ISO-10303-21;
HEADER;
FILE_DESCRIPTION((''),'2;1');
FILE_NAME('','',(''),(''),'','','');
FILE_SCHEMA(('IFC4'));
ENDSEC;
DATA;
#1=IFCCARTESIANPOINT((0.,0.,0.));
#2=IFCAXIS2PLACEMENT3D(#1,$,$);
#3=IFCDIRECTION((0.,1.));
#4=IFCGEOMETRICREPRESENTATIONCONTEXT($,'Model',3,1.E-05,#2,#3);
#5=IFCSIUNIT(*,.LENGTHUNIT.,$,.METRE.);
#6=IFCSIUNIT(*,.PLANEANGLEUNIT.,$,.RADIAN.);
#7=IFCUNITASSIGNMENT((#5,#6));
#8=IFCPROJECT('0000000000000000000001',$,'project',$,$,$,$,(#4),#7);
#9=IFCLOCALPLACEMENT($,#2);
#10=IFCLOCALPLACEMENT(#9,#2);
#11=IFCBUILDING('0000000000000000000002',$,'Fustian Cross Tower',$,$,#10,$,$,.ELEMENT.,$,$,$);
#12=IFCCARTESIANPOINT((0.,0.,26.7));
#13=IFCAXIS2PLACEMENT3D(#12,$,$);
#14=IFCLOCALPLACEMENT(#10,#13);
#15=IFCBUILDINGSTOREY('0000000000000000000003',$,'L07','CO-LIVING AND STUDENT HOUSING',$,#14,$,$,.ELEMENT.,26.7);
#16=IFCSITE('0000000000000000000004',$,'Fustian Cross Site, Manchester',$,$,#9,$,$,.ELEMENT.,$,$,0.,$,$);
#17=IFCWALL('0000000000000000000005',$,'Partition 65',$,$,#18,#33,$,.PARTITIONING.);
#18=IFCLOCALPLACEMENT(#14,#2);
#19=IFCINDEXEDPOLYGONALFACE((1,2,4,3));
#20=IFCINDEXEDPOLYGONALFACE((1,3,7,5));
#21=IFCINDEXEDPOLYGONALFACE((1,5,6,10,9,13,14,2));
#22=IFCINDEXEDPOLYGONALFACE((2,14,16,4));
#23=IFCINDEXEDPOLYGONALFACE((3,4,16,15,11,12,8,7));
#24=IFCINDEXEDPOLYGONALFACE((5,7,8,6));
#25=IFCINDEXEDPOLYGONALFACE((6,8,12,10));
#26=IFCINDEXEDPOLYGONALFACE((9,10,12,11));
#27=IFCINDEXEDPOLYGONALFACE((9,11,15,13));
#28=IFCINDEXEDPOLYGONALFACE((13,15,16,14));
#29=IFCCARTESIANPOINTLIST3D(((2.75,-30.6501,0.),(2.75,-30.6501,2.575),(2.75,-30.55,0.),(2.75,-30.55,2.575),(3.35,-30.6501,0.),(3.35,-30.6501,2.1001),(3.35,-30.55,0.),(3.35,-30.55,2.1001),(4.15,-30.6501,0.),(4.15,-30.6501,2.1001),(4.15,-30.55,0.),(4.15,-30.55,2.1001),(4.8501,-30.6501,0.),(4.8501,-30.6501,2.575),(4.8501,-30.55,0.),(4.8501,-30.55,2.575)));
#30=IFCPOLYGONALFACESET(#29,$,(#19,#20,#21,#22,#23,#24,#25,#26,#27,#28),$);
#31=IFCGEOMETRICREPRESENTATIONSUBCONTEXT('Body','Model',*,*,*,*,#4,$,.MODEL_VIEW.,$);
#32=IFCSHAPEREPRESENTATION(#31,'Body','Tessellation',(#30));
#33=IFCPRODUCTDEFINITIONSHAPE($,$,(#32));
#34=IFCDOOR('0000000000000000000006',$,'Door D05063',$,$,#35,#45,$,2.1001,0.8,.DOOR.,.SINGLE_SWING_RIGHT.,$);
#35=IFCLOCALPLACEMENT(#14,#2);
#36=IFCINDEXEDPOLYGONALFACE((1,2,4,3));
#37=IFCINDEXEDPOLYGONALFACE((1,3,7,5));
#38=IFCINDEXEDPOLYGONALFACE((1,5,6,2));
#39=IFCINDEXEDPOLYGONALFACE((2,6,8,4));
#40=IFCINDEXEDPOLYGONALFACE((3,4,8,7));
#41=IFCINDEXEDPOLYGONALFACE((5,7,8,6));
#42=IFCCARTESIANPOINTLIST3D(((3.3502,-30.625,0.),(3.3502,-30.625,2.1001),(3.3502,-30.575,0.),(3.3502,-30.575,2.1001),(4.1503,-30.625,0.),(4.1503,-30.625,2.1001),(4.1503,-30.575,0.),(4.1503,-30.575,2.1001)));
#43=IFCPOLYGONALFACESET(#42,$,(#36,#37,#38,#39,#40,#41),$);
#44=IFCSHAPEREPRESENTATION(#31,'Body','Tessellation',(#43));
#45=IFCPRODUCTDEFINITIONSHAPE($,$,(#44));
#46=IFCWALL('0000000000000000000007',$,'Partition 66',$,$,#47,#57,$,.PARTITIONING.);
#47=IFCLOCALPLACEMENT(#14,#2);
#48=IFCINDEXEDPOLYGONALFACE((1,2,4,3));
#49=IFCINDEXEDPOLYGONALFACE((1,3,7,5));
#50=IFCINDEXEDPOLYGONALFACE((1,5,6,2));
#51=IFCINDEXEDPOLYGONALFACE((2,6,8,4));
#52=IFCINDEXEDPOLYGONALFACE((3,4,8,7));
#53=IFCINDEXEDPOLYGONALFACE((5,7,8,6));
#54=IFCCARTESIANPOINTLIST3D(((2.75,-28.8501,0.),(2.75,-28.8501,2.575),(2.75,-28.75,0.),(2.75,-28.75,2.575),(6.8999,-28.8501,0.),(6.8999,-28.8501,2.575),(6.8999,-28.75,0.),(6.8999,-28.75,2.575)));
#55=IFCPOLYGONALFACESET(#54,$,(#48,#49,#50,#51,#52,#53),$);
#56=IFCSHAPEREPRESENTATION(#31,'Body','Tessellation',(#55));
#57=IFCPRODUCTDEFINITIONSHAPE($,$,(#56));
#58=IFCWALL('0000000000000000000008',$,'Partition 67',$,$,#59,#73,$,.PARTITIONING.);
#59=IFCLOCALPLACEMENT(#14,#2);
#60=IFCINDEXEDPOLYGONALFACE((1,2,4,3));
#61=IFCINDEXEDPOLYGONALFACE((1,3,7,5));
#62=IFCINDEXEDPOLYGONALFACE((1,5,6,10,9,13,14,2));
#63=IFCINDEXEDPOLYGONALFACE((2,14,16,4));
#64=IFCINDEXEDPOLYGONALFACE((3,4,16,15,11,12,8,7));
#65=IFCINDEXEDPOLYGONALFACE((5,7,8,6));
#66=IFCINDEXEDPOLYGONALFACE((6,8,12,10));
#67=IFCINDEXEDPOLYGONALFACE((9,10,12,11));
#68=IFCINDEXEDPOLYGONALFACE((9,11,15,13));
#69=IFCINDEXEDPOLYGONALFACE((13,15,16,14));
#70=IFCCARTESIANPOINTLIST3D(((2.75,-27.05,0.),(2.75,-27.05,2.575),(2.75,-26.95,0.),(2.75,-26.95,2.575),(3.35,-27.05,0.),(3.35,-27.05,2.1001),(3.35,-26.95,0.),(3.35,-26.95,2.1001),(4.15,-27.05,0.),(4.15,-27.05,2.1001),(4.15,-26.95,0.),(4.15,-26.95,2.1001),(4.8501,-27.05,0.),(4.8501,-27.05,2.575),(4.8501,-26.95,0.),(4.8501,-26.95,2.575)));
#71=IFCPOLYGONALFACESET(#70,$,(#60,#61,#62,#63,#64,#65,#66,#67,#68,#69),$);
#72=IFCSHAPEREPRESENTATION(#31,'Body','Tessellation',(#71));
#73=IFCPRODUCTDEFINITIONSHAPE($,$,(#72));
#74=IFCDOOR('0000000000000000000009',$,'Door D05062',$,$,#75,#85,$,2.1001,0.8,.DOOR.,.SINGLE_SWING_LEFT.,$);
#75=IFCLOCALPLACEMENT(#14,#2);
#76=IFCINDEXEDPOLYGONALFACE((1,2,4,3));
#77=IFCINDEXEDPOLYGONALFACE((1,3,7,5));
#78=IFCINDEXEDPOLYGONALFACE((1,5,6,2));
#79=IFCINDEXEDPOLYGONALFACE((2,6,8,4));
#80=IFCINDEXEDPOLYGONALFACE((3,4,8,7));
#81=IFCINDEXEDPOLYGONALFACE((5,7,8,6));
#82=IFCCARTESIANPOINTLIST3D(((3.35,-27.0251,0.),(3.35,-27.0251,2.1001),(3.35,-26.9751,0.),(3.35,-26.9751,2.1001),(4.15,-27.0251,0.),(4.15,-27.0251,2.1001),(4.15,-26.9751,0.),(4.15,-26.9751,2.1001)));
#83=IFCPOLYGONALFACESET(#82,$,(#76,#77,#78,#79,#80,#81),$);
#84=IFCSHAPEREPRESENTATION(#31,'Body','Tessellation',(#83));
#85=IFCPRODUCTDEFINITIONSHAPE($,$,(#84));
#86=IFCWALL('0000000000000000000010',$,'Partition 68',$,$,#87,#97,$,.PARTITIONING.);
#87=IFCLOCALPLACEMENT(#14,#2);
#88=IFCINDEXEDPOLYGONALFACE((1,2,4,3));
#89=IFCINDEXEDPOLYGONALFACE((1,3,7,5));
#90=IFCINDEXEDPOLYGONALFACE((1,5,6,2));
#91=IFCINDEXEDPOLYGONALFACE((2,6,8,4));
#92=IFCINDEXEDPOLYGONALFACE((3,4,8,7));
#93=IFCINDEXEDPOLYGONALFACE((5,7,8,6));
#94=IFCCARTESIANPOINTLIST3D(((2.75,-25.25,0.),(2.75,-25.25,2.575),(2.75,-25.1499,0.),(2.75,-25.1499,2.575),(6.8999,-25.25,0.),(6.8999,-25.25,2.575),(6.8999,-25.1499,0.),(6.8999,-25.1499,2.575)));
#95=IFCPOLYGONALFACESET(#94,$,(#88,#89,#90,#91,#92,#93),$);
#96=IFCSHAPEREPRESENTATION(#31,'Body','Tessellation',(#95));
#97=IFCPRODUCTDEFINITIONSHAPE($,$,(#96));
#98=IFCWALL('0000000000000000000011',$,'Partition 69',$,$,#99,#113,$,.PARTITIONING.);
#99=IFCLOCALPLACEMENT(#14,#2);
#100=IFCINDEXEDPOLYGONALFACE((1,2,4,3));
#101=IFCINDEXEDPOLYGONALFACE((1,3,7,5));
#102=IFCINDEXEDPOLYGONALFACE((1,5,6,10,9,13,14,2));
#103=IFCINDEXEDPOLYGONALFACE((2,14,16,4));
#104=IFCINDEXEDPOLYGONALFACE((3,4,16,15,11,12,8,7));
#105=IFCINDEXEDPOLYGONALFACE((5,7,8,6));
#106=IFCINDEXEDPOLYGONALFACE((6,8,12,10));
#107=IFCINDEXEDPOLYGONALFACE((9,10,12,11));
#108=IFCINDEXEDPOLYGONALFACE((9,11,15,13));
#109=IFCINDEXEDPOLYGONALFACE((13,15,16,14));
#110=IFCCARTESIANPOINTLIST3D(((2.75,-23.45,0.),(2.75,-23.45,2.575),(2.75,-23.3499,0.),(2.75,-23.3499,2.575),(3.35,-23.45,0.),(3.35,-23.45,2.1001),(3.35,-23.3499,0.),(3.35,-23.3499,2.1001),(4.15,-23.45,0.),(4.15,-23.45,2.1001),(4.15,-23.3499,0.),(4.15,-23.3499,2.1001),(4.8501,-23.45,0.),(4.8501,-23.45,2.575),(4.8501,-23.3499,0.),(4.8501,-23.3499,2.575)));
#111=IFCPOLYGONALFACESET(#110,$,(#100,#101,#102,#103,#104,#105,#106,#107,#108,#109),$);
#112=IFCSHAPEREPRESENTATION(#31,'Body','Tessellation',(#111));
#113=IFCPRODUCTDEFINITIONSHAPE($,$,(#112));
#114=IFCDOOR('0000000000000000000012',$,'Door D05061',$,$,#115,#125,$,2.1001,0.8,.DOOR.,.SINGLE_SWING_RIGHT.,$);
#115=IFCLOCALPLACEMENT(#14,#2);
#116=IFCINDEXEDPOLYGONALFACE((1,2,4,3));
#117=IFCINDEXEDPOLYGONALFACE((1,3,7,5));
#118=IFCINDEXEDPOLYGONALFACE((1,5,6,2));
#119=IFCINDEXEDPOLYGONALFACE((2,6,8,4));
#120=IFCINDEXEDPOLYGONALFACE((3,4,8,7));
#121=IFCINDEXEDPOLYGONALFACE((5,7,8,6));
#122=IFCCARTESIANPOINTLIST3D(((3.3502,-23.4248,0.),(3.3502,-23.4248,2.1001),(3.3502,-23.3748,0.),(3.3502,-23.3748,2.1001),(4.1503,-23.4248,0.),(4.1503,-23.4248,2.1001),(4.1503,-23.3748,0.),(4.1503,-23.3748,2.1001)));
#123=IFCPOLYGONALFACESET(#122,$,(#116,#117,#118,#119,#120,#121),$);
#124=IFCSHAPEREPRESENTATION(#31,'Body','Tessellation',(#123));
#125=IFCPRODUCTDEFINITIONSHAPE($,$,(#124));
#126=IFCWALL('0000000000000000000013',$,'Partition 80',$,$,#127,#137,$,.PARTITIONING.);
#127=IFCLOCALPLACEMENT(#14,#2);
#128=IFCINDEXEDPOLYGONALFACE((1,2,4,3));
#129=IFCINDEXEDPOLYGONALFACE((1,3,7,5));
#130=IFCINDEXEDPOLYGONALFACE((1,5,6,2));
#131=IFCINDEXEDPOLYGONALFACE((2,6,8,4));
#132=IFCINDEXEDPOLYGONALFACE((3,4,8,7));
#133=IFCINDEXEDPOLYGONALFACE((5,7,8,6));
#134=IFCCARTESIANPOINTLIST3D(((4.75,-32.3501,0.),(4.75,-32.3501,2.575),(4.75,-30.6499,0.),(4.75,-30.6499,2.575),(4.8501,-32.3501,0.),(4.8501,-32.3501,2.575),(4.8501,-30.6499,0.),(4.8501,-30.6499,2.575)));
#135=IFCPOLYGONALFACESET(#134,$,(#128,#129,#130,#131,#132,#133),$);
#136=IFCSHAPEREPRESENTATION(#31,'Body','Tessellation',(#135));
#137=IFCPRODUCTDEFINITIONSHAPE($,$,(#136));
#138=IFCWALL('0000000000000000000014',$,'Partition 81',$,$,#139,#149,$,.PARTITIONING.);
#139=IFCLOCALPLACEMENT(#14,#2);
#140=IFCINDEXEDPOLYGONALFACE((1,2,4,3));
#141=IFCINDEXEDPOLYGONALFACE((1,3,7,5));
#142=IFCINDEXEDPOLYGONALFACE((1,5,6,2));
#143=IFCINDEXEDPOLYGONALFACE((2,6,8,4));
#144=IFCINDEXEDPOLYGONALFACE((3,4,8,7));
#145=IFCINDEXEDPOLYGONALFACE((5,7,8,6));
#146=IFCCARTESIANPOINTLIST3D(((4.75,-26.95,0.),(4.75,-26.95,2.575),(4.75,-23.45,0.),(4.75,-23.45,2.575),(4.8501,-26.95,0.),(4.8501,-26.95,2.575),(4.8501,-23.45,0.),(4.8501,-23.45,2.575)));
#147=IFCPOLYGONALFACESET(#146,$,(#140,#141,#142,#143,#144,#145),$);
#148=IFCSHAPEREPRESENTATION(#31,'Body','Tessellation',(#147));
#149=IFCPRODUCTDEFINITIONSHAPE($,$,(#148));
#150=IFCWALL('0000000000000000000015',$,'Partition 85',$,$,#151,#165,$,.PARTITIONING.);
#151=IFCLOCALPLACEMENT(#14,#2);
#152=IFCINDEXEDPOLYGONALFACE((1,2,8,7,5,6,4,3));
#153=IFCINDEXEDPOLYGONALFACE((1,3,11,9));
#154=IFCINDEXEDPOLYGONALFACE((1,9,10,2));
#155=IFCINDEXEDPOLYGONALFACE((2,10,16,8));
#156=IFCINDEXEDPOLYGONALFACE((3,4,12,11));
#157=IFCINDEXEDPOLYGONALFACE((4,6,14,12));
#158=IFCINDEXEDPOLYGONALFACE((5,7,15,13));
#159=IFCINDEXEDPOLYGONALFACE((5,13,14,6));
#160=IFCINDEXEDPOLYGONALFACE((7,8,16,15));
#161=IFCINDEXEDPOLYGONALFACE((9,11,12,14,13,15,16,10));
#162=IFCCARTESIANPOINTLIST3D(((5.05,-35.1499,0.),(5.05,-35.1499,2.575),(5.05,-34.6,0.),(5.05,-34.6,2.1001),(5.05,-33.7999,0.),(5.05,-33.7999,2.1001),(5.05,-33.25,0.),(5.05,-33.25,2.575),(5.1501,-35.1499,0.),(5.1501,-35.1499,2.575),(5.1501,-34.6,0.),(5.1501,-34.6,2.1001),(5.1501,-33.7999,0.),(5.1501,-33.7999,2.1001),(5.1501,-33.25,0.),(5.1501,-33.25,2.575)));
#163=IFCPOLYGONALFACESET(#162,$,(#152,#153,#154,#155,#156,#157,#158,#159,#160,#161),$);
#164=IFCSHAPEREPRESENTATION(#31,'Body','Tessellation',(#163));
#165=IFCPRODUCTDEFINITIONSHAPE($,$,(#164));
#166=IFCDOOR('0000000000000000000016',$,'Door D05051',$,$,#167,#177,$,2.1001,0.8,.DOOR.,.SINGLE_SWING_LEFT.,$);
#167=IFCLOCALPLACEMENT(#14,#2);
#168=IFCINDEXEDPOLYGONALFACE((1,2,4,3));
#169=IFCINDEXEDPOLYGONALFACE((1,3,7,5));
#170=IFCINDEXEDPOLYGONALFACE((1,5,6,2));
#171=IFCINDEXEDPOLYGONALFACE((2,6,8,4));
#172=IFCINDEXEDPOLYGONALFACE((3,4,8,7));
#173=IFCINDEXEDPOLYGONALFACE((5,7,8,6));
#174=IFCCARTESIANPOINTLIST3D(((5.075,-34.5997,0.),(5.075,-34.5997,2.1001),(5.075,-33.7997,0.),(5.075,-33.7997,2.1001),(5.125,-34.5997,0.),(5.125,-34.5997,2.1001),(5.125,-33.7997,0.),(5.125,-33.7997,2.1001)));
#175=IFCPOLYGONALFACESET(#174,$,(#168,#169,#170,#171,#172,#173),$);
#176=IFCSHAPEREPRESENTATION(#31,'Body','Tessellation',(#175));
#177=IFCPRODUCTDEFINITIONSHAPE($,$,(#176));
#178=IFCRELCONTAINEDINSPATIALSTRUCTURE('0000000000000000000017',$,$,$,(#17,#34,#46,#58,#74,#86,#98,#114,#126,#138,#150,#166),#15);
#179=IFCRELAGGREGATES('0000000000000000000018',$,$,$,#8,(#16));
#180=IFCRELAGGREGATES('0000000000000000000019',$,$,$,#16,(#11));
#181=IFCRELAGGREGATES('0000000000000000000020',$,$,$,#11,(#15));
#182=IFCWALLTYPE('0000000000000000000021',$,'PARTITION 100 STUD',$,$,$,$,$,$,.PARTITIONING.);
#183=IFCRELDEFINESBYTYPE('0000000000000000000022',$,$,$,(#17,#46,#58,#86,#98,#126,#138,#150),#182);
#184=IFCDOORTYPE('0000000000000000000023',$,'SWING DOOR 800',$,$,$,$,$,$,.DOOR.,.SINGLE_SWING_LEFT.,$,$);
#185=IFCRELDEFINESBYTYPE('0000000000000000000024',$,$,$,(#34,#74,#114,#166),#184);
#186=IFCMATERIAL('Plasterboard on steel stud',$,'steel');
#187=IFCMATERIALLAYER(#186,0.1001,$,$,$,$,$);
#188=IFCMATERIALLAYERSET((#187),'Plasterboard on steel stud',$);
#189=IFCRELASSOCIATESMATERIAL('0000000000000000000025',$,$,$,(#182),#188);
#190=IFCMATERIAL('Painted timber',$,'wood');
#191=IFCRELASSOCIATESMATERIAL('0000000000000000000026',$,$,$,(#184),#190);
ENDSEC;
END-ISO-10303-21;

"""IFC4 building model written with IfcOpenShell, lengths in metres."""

from ifc_helpers import new_model, si_unit, direction, frame, frame_2d, origin, place, context, subcontext, project, spatial, rectangle, extrude, material, layer, layer_set, type_object, element, fill, save


model = new_model("IFC4")

# Units and contexts
model_context = context("Model", 3, precision=1e-05, world=origin(), true_north=direction((0.0, 1.0)))
body_context = subcontext(model_context, "Body", "Model", "MODEL_VIEW")
ifc_project = project(units=[si_unit("LENGTHUNIT", "METRE"), si_unit("PLANEANGLEUNIT", "RADIAN")], contexts=[model_context])

# Site, building, storey
site_placement = place(None, origin())
site = spatial("IfcSite", under=ifc_project, at=site_placement, Name="Fustian Cross Site, Manchester", CompositionType="ELEMENT", RefElevation=0.0)
building_placement = place(site_placement, origin())
building = spatial("IfcBuilding", under=site, at=building_placement, Name="Fustian Cross Tower", CompositionType="ELEMENT")
storey_placement = place(building_placement, frame((0.0, 0.0, 26.7)))
storey = spatial("IfcBuildingStorey", under=building, at=storey_placement, Name="L07", Description="CO-LIVING AND STUDENT HOUSING", CompositionType="ELEMENT", Elevation=26.7)

# Shared definitions
ifc_material_1 = material(Name="Plasterboard on steel stud", Category="steel")
ifc_layer = layer(ifc_material_1, 0.1001)
ifc_layer_set = layer_set([ifc_layer], Name="Plasterboard on steel stud")
wall_type = type_object("IfcWallType", Name="PARTITION 100 STUD", PredefinedType="PARTITIONING", material=ifc_layer_set)

# Wall, opening, door
wall_1_placement = place(storey_placement, frame((2.75, -30.6001, 0.0), z_axis=(0.0, 0.0, 1.0), x_axis=(1.0, 0.0, 0.0)))
wall_1 = element("IfcWall", 1, at=wall_1_placement, inside=storey, type_object=wall_type, Name="Partition 65", PredefinedType="PARTITIONING", context=body_context, shape_type="SweptSolid", body=[
    extrude(rectangle(XDim=2.1001, YDim=0.1001, at=frame_2d((1.05, 0.0))), origin(), (0.0, 0.0, 1.0), 2.575),
])
opening_1_placement = place(wall_1_placement, frame((0.6001, 0.0, 0.0)))
opening_1 = element("IfcOpeningElement", 2, at=opening_1_placement, cuts=wall_1, PredefinedType="OPENING", context=body_context, shape_type="SweptSolid", body=[
    extrude(rectangle(XDim=0.8, YDim=2.1001, at=frame_2d((0.3999, 1.05))), frame((0.0, 0.0601, 0.0), z_axis=(0.0, -1.0, 0.0), x_axis=(1.0, 0.0, 0.0)), (0.0, 0.0, 1.0), 0.1201),
])
ifc_material_2 = material(Name="Painted timber", Category="wood")
door_type_1 = type_object("IfcDoorType", Name="SWING DOOR 800", OperationType="SINGLE_SWING_LEFT", PredefinedType="DOOR", material=ifc_material_2)
door_1_placement = place(opening_1_placement, frame((0.8, 0.0, 0.0), z_axis=(0.0, 0.0, 1.0), x_axis=(-1.0, 0.0, 0.0)))
door_1 = element("IfcDoor", 3, at=door_1_placement, inside=storey, type_object=door_type_1, Name="Door D05063", OperationType="SINGLE_SWING_RIGHT", OverallHeight=2.1001, OverallWidth=0.8, PredefinedType="DOOR", context=body_context, shape_type="SweptSolid", body=[
    extrude(rectangle(XDim=0.8, YDim=2.1001, at=frame_2d((0.3999, 1.05))), frame((0.0, 0.0249, 0.0), z_axis=(0.0, -1.0, 0.0), x_axis=(1.0, 0.0, 0.0)), (0.0, 0.0, 1.0), 0.05),
])
fill(opening_1, door_1)

# Wall
wall_2_placement = place(storey_placement, frame((2.75, -28.8, 0.0), z_axis=(0.0, 0.0, 1.0), x_axis=(1.0, 0.0, 0.0)))
element("IfcWall", 4, at=wall_2_placement, inside=storey, type_object=wall_type, Name="Partition 66", PredefinedType="PARTITIONING", context=body_context, shape_type="SweptSolid", body=[
    extrude(rectangle(XDim=4.1499, YDim=0.1001, at=frame_2d((2.075, 0.0))), origin(), (0.0, 0.0, 1.0), 2.575),
])

# Wall, opening, door
wall_3_placement = place(storey_placement, frame((2.75, -27.0, 0.0), z_axis=(0.0, 0.0, 1.0), x_axis=(1.0, 0.0, 0.0)))
wall_3 = element("IfcWall", 5, at=wall_3_placement, inside=storey, type_object=wall_type, Name="Partition 67", PredefinedType="PARTITIONING", context=body_context, shape_type="SweptSolid", body=[
    extrude(rectangle(XDim=2.1001, YDim=0.1001, at=frame_2d((1.05, 0.0))), origin(), (0.0, 0.0, 1.0), 2.575),
])
opening_2_placement = place(wall_3_placement, frame((0.6001, 0.0, 0.0)))
opening_2 = element("IfcOpeningElement", 6, at=opening_2_placement, cuts=wall_3, PredefinedType="OPENING", context=body_context, shape_type="SweptSolid", body=[
    extrude(rectangle(XDim=0.8, YDim=2.1001, at=frame_2d((0.3999, 1.05))), frame((0.0, 0.0601, 0.0), z_axis=(0.0, -1.0, 0.0), x_axis=(1.0, 0.0, 0.0)), (0.0, 0.0, 1.0), 0.1201),
])
door_2_placement = place(opening_2_placement, origin())
door_2 = element("IfcDoor", 7, at=door_2_placement, inside=storey, type_object=door_type_1, Name="Door D05062", OperationType="SINGLE_SWING_LEFT", OverallHeight=2.1001, OverallWidth=0.8, PredefinedType="DOOR", context=body_context, shape_type="SweptSolid", body=[
    extrude(rectangle(XDim=0.8, YDim=2.1001, at=frame_2d((0.3999, 1.05))), frame((0.0, 0.0249, 0.0), z_axis=(0.0, -1.0, 0.0), x_axis=(1.0, 0.0, 0.0)), (0.0, 0.0, 1.0), 0.05),
])
fill(opening_2, door_2)

# Wall
wall_4_placement = place(storey_placement, frame((2.75, -25.2, 0.0), z_axis=(0.0, 0.0, 1.0), x_axis=(1.0, 0.0, 0.0)))
element("IfcWall", 8, at=wall_4_placement, inside=storey, type_object=wall_type, Name="Partition 68", PredefinedType="PARTITIONING", context=body_context, shape_type="SweptSolid", body=[
    extrude(rectangle(XDim=4.1499, YDim=0.1001, at=frame_2d((2.075, 0.0))), origin(), (0.0, 0.0, 1.0), 2.575),
])

# Wall, opening, door
wall_5_placement = place(storey_placement, frame((2.75, -23.3999, 0.0), z_axis=(0.0, 0.0, 1.0), x_axis=(1.0, 0.0, 0.0)))
wall_5 = element("IfcWall", 9, at=wall_5_placement, inside=storey, type_object=wall_type, Name="Partition 69", PredefinedType="PARTITIONING", context=body_context, shape_type="SweptSolid", body=[
    extrude(rectangle(XDim=2.1001, YDim=0.1001, at=frame_2d((1.05, 0.0))), origin(), (0.0, 0.0, 1.0), 2.575),
])
opening_3_placement = place(wall_5_placement, frame((0.6001, 0.0, 0.0)))
opening_3 = element("IfcOpeningElement", 10, at=opening_3_placement, cuts=wall_5, PredefinedType="OPENING", context=body_context, shape_type="SweptSolid", body=[
    extrude(rectangle(XDim=0.8, YDim=2.1001, at=frame_2d((0.3999, 1.05))), frame((0.0, 0.0601, 0.0), z_axis=(0.0, -1.0, 0.0), x_axis=(1.0, 0.0, 0.0)), (0.0, 0.0, 1.0), 0.1201),
])
door_3_placement = place(opening_3_placement, frame((0.8, 0.0, 0.0), z_axis=(0.0, 0.0, 1.0), x_axis=(-1.0, 0.0, 0.0)))
door_3 = element("IfcDoor", 11, at=door_3_placement, inside=storey, type_object=door_type_1, Name="Door D05061", OperationType="SINGLE_SWING_RIGHT", OverallHeight=2.1001, OverallWidth=0.8, PredefinedType="DOOR", context=body_context, shape_type="SweptSolid", body=[
    extrude(rectangle(XDim=0.8, YDim=2.1001, at=frame_2d((0.3999, 1.05))), frame((0.0, 0.0249, 0.0), z_axis=(0.0, -1.0, 0.0), x_axis=(1.0, 0.0, 0.0)), (0.0, 0.0, 1.0), 0.05),
])
fill(opening_3, door_3)

# Walls
wall_6_placement = place(storey_placement, frame((4.8, -32.3501, 0.0), z_axis=(0.0, 0.0, 1.0), x_axis=(0.0, 1.0, 0.0)))
element("IfcWall", 12, at=wall_6_placement, inside=storey, type_object=wall_type, Name="Partition 80", PredefinedType="PARTITIONING", context=body_context, shape_type="SweptSolid", body=[
    extrude(rectangle(XDim=1.7002, YDim=0.1001, at=frame_2d((0.8501, 0.0))), origin(), (0.0, 0.0, 1.0), 2.575),
])
wall_7_placement = place(storey_placement, frame((4.8, -26.95, 0.0), z_axis=(0.0, 0.0, 1.0), x_axis=(0.0, 1.0, 0.0)))
element("IfcWall", 13, at=wall_7_placement, inside=storey, type_object=wall_type, Name="Partition 81", PredefinedType="PARTITIONING", context=body_context, shape_type="SweptSolid", body=[
    extrude(rectangle(XDim=3.5, YDim=0.1001, at=frame_2d((1.75, 0.0))), origin(), (0.0, 0.0, 1.0), 2.575),
])

# Wall, opening, door
wall_8_placement = place(storey_placement, frame((5.1001, -35.1499, 0.0), z_axis=(0.0, 0.0, 1.0), x_axis=(0.0, 1.0, 0.0)))
wall_8 = element("IfcWall", 14, at=wall_8_placement, inside=storey, type_object=wall_type, Name="Partition 85", PredefinedType="PARTITIONING", context=body_context, shape_type="SweptSolid", body=[
    extrude(rectangle(XDim=1.8999, YDim=0.1001, at=frame_2d((0.95, 0.0))), origin(), (0.0, 0.0, 1.0), 2.575),
])
opening_4_placement = place(wall_8_placement, frame((0.55, 0.0, 0.0)))
opening_4 = element("IfcOpeningElement", 15, at=opening_4_placement, cuts=wall_8, PredefinedType="OPENING", context=body_context, shape_type="SweptSolid", body=[
    extrude(rectangle(XDim=0.8, YDim=2.1001, at=frame_2d((0.3999, 1.05))), frame((0.0, 0.0601, 0.0), z_axis=(0.0, -1.0, 0.0), x_axis=(1.0, 0.0, 0.0)), (0.0, 0.0, 1.0), 0.1201),
])
door_4_placement = place(opening_4_placement, frame((0.8, 0.0, 0.0), z_axis=(0.0, 0.0, 1.0), x_axis=(-1.0, 0.0, 0.0)))
door_4 = element("IfcDoor", 16, at=door_4_placement, inside=storey, type_object=door_type_1, Name="Door D05051", OperationType="SINGLE_SWING_LEFT", OverallHeight=2.1001, OverallWidth=0.8, PredefinedType="DOOR", context=body_context, shape_type="SweptSolid", body=[
    extrude(rectangle(XDim=0.8, YDim=2.1001, at=frame_2d((0.3999, 1.05))), frame((0.0, 0.0249, 0.0), z_axis=(0.0, -1.0, 0.0), x_axis=(1.0, 0.0, 0.0)), (0.0, 0.0, 1.0), 0.05),
])
fill(opening_4, door_4)

save(model, "model.ifc")
